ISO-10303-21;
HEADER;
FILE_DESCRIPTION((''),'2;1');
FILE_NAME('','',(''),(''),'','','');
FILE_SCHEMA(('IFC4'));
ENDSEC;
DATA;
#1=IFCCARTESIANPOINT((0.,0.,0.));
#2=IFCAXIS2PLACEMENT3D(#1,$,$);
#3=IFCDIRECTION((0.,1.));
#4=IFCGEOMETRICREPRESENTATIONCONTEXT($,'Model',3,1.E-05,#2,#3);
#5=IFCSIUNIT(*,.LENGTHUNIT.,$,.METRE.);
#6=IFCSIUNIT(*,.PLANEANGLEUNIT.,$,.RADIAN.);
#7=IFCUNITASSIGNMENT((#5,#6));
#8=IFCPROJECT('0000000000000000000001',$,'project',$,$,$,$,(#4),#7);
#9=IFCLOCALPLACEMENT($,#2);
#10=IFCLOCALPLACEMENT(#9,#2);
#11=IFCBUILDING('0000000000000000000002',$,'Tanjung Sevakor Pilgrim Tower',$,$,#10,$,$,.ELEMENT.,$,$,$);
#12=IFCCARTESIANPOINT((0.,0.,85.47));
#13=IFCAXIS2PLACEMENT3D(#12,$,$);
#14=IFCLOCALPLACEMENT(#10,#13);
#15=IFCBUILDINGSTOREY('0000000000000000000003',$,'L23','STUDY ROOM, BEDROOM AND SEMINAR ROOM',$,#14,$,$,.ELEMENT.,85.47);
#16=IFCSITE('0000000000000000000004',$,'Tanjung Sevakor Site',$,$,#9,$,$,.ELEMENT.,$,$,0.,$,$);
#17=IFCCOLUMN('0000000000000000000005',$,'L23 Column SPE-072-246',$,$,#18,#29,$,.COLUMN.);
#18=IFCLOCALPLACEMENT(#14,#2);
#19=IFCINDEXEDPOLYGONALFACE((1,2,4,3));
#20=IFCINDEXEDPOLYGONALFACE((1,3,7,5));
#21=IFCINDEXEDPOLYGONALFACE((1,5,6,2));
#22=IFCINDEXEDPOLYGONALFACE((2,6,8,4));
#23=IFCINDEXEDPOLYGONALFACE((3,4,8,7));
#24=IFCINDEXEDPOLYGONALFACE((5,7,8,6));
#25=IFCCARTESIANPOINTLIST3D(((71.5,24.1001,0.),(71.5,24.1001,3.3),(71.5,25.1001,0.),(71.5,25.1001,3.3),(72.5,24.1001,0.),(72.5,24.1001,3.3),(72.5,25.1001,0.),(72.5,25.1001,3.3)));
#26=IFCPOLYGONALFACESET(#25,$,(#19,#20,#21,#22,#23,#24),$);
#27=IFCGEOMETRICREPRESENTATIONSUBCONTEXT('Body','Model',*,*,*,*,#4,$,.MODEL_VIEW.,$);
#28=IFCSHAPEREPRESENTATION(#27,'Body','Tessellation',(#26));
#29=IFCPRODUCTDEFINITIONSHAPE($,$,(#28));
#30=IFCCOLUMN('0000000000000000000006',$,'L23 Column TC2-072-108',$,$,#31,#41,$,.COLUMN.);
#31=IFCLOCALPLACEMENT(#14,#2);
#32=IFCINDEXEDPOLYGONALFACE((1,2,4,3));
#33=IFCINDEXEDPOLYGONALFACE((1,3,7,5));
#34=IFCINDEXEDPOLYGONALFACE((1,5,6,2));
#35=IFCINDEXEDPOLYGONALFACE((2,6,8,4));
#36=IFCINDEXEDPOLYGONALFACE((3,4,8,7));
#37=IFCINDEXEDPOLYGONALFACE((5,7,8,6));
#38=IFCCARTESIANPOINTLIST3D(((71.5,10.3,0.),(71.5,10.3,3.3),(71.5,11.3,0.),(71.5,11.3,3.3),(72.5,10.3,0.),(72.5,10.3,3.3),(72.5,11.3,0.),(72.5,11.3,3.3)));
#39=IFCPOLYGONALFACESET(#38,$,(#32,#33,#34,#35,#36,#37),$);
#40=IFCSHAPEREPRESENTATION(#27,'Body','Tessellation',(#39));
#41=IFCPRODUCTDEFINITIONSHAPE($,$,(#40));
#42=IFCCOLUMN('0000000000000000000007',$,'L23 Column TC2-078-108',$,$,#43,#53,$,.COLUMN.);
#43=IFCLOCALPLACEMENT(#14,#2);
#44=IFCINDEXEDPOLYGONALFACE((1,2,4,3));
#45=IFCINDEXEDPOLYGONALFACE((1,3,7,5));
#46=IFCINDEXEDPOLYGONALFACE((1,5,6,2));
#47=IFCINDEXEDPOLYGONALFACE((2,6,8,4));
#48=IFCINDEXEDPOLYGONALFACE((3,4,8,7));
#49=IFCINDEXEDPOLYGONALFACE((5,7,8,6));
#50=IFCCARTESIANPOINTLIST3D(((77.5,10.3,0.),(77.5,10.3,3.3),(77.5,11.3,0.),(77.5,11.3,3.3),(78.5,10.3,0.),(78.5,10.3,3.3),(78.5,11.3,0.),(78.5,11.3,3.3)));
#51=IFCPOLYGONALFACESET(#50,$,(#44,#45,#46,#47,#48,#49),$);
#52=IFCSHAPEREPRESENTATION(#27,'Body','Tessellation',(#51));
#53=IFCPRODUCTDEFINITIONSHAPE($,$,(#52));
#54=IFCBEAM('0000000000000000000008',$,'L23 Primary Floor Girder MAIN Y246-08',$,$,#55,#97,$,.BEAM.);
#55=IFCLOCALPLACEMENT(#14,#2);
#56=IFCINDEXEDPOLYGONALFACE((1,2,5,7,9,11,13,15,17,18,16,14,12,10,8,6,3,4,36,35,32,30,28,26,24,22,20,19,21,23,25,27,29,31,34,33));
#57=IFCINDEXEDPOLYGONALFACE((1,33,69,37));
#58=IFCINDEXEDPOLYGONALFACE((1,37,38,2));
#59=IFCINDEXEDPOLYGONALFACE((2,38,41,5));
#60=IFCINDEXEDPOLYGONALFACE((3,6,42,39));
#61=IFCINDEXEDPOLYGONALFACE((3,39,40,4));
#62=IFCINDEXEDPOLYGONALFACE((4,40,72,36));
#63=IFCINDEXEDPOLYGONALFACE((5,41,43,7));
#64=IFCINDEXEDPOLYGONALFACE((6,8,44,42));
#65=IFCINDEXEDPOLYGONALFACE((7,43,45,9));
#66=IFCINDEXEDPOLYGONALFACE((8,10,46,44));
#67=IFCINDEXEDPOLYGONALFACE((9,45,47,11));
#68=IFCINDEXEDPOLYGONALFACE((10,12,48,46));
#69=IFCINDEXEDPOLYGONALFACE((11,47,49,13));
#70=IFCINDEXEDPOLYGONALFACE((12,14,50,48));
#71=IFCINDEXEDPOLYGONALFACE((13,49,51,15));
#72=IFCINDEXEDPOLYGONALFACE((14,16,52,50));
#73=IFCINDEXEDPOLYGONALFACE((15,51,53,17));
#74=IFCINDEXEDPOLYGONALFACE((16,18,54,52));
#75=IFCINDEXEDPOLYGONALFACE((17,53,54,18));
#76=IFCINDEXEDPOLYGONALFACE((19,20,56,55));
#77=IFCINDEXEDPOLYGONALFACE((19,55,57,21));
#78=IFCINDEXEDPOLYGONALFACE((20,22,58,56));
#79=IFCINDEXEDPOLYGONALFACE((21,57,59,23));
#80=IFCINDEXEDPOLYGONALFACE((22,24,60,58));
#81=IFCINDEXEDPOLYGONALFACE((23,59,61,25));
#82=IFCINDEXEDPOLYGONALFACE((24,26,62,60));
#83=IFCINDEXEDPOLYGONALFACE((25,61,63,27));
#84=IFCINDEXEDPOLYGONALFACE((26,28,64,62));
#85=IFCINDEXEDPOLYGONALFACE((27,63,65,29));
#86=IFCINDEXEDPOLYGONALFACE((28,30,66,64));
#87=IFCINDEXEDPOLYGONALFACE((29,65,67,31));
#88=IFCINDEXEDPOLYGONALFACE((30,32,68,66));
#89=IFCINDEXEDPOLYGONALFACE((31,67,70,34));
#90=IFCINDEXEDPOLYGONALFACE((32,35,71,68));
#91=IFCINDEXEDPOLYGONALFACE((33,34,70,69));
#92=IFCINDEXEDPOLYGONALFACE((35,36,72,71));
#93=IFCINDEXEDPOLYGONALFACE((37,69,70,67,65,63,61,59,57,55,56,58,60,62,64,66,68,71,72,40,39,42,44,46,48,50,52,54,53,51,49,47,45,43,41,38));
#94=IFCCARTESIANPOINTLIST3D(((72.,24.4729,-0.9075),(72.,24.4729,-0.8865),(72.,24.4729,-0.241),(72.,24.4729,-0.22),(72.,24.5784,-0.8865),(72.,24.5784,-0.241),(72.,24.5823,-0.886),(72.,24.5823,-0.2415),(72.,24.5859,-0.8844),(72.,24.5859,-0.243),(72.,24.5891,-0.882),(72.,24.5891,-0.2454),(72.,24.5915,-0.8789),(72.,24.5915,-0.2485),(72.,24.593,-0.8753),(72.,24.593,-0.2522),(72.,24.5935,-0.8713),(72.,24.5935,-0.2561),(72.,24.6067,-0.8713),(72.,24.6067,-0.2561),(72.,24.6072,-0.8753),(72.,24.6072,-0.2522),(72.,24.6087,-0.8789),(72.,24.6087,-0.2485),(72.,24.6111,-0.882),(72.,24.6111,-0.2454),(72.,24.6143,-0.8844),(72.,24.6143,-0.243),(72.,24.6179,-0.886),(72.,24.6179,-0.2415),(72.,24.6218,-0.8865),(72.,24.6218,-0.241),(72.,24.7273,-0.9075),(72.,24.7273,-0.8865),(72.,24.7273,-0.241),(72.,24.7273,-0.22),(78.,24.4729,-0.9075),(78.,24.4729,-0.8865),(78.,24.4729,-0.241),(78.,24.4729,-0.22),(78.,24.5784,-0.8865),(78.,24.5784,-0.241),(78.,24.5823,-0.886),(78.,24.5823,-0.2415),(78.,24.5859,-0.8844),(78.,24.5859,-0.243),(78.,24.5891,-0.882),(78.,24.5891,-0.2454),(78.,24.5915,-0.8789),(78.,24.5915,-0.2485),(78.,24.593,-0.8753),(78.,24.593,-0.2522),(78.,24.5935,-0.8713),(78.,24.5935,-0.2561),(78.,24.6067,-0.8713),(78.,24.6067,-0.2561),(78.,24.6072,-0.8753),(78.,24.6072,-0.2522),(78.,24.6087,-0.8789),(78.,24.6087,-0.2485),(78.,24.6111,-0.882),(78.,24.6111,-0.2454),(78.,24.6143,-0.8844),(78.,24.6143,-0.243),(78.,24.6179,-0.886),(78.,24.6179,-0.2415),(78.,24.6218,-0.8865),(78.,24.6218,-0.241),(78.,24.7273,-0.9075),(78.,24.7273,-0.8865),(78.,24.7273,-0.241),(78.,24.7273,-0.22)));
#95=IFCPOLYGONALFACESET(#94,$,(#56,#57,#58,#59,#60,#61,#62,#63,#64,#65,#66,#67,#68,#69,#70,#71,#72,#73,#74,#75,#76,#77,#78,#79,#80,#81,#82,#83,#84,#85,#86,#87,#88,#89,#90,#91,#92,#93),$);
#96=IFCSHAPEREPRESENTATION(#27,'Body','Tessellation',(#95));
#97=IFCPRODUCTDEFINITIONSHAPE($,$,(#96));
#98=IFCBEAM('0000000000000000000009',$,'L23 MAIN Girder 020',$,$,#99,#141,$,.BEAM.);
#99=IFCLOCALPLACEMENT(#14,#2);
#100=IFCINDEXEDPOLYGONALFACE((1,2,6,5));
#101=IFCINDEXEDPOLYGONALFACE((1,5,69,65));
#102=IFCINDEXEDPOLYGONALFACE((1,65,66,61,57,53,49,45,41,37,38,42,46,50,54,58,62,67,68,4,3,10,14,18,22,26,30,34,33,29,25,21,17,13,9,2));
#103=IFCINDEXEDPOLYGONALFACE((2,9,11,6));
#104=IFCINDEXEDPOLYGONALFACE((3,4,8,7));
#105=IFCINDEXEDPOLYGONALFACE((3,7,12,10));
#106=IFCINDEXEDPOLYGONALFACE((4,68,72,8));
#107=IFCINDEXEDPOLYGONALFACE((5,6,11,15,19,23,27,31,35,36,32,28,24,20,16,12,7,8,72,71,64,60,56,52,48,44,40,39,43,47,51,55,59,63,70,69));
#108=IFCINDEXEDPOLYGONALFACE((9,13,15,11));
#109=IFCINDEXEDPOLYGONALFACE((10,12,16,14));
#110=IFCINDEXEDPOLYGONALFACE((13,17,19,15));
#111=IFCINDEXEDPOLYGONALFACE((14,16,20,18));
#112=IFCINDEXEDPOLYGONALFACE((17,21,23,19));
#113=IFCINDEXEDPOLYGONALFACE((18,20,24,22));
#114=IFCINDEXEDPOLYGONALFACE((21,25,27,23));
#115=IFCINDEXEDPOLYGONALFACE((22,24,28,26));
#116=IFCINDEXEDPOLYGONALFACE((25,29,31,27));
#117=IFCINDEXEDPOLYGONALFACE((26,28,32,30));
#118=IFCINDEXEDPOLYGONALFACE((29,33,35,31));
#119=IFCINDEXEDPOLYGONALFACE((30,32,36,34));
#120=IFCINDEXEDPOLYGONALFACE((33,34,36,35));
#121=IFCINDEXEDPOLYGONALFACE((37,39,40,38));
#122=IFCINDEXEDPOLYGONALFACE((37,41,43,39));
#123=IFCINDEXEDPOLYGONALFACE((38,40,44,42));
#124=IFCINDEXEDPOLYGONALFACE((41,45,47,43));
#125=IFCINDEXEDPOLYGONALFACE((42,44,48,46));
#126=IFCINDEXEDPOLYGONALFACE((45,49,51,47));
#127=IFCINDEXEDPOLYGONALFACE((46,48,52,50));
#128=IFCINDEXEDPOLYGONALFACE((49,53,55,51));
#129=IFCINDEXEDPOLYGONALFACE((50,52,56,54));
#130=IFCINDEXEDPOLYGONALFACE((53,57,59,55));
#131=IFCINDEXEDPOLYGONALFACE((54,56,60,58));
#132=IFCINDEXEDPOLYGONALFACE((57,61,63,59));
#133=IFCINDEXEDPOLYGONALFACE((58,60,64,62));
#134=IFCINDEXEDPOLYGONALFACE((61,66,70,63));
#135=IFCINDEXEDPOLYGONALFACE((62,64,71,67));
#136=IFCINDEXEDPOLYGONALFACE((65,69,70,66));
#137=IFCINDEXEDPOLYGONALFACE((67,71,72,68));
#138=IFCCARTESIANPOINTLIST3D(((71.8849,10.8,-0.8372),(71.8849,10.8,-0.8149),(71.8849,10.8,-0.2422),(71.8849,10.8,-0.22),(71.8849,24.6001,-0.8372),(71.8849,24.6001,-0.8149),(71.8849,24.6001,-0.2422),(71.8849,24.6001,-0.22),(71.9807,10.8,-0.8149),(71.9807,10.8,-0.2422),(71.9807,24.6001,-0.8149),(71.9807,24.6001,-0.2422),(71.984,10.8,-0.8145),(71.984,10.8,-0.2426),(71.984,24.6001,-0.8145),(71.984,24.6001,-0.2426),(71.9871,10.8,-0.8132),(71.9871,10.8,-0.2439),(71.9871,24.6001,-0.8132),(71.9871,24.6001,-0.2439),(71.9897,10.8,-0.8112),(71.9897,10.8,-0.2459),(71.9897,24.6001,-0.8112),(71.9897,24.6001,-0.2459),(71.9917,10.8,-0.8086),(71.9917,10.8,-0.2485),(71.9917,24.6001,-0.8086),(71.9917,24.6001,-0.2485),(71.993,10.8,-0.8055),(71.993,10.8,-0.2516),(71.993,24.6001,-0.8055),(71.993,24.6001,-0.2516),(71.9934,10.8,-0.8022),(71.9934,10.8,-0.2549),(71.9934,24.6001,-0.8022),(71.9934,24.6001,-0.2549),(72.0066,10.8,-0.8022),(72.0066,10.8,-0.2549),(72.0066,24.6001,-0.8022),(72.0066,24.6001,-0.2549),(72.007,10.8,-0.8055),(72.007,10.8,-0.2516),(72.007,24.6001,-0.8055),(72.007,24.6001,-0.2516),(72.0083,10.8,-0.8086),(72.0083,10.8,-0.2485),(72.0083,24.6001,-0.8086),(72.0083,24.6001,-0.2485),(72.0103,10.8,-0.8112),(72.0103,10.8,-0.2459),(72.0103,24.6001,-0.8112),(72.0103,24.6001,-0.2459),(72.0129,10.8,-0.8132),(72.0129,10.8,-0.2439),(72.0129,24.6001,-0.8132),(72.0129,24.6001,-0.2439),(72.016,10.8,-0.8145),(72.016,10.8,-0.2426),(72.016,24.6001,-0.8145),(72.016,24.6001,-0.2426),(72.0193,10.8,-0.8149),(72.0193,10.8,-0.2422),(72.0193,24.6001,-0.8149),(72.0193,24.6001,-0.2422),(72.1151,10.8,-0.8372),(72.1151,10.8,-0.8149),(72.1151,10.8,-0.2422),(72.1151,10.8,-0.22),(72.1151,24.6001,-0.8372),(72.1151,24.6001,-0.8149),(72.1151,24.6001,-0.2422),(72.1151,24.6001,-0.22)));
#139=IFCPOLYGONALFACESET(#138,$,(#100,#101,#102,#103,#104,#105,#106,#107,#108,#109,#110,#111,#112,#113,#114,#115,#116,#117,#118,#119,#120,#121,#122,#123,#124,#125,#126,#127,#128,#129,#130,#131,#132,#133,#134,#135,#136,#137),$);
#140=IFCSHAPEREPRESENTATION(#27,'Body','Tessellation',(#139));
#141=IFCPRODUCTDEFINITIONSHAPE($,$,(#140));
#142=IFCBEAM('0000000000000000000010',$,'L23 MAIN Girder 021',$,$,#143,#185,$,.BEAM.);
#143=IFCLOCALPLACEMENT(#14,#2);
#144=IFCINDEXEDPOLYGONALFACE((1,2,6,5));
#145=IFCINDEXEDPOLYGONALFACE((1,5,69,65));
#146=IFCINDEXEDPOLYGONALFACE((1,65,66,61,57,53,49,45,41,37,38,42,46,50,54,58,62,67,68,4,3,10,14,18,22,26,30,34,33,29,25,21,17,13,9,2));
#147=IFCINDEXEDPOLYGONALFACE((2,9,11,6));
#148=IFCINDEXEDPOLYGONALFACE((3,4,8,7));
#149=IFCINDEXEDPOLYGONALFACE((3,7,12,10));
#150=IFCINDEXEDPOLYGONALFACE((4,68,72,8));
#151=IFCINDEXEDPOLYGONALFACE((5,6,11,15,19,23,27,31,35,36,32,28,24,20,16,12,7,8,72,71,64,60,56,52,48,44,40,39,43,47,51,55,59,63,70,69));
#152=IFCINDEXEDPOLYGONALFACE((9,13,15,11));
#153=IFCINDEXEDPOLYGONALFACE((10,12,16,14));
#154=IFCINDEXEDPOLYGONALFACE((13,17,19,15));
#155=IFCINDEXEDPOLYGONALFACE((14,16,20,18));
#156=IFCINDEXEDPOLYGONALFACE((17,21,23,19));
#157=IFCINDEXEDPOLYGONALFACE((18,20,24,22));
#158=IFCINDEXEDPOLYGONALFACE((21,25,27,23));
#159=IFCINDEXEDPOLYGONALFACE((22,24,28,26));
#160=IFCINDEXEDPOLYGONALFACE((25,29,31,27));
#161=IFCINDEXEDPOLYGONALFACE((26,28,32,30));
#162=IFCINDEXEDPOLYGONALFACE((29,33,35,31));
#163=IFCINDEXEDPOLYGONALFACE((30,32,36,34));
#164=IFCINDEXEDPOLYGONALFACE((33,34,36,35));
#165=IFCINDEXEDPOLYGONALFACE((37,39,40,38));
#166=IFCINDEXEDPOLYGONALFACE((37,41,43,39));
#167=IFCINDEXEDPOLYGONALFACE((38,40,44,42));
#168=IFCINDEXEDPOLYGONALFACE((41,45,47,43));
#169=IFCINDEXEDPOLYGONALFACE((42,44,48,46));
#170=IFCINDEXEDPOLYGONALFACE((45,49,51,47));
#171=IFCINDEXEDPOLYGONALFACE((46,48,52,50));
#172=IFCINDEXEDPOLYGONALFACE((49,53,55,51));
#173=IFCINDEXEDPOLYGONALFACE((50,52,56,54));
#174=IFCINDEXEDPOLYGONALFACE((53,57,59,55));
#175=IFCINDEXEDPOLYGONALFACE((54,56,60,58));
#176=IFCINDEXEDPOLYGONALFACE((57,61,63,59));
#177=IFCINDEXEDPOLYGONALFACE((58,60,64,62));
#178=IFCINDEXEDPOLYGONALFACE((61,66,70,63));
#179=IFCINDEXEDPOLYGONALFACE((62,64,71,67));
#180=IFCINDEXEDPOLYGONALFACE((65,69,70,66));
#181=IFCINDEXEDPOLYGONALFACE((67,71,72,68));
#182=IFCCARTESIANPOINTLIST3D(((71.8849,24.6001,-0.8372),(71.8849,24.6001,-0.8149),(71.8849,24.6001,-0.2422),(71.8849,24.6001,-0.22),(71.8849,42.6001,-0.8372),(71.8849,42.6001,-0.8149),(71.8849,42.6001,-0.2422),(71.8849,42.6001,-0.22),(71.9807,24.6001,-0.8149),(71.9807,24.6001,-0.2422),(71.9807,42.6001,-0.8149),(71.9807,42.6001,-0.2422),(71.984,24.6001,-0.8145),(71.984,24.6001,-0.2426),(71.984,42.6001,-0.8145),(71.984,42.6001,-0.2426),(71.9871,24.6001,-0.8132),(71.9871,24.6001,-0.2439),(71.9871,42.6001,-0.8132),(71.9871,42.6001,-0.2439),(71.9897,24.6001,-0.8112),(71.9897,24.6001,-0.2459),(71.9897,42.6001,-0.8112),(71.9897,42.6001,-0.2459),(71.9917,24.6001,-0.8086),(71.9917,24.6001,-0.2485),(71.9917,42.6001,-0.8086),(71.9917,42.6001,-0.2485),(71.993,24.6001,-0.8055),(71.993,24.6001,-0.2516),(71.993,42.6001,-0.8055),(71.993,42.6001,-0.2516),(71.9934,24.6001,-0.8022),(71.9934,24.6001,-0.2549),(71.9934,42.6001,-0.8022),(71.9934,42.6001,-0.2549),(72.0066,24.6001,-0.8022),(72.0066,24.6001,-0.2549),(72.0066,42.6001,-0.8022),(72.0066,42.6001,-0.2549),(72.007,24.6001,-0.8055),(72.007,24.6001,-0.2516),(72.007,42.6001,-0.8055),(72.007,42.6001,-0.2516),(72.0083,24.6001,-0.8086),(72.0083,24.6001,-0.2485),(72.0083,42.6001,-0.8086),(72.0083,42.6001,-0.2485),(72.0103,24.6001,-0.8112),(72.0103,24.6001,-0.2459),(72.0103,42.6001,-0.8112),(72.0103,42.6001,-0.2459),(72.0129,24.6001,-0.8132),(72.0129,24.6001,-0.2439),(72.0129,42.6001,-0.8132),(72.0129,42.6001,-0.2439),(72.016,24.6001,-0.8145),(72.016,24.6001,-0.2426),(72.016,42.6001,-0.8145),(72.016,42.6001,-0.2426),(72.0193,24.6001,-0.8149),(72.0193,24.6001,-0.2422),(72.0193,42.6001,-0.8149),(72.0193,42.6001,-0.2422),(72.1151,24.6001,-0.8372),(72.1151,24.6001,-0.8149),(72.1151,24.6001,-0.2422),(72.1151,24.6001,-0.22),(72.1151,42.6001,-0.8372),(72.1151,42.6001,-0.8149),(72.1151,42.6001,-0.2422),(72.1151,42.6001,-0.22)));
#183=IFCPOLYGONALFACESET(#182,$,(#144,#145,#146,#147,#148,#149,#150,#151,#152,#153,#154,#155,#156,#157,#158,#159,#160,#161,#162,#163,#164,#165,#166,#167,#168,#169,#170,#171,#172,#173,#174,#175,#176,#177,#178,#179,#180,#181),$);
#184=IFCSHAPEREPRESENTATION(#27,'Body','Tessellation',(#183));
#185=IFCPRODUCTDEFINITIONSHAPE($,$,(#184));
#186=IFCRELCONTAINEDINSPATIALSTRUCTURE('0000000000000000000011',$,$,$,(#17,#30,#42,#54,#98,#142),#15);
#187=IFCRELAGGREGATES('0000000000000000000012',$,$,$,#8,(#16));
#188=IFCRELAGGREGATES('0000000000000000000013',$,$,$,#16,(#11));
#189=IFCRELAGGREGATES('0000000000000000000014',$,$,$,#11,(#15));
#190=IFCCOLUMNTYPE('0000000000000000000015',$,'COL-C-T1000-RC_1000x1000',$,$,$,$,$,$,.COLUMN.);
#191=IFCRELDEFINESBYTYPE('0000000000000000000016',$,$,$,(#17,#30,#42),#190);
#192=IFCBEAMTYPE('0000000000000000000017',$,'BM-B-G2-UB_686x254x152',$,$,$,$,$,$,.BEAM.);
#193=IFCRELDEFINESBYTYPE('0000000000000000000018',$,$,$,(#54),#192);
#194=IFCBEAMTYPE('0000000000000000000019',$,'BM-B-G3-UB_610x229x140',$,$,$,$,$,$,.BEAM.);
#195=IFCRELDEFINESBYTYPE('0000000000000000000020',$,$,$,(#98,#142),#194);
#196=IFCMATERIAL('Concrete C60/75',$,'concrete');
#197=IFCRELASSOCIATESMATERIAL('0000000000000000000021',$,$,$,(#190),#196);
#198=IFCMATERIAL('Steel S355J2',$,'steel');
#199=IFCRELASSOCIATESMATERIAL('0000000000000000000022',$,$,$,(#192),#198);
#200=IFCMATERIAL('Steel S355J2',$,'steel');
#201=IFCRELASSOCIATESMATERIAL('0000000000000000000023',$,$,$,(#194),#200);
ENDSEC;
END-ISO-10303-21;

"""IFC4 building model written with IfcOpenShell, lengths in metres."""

from ifc_helpers import new_model, si_unit, direction, frame, origin, origin_2d, place, context, subcontext, project, spatial, rectangle, i_section, extrude, material, material_profile, profile_set, type_object, element, save


model = new_model("IFC4")

# Units and contexts
model_context = context("Model", 3, precision=1e-05, world=origin(), true_north=direction((0.0, 1.0)))
body_context = subcontext(model_context, "Body", "Model", "MODEL_VIEW")
ifc_project = project(units=[si_unit("LENGTHUNIT", "METRE"), si_unit("PLANEANGLEUNIT", "RADIAN")], contexts=[model_context])

# Site, building, storey
site_placement = place(None, origin())
site = spatial("IfcSite", under=ifc_project, at=site_placement, Name="Tanjung Sevakor Site", CompositionType="ELEMENT", RefElevation=0.0)
building_placement = place(site_placement, origin())
building = spatial("IfcBuilding", under=site, at=building_placement, Name="Tanjung Sevakor Pilgrim Tower", CompositionType="ELEMENT")
storey_placement = place(building_placement, frame((0.0, 0.0, 85.47)))
storey = spatial("IfcBuildingStorey", under=building, at=storey_placement, Name="L23", Description="STUDY ROOM, BEDROOM AND SEMINAR ROOM", CompositionType="ELEMENT", Elevation=85.47)

# Columns
ifc_material_1 = material(Name="Concrete C60/75", Category="concrete")
ifc_material_profile_1 = material_profile(ifc_material_1, rectangle(XDim=1.0, YDim=1.0, at=origin_2d()))
ifc_profile_set_1 = profile_set([ifc_material_profile_1], Name="Concrete C60/75")
column_type = type_object("IfcColumnType", Name="COL-C-T1000-RC_1000x1000", PredefinedType="COLUMN", material=ifc_profile_set_1)
for number, where, z_axis, x_axis, name in (
    (1, (72.0, 24.6001, 0.0), (0.0, 0.0, 1.0), (1.0, 0.0, 0.0), "L23 Column SPE-072-246"),
    (2, (72.0, 10.8, 0.0), (0.0, 0.0, 1.0), (1.0, 0.0, 0.0), "L23 Column TC2-072-108"),
    (3, (78.0, 10.8, 0.0), (0.0, 0.0, 1.0), (1.0, 0.0, 0.0), "L23 Column TC2-078-108"),
):
    element("IfcColumn", number, at=place(storey_placement, frame(where, z_axis=z_axis, x_axis=x_axis)), inside=storey, type_object=column_type, Name=name, PredefinedType="COLUMN", context=body_context, shape_type="SweptSolid", body=[
        extrude(rectangle(XDim=1.0, YDim=1.0, at=origin_2d()), origin(), (0.0, 0.0, 1.0), 3.3),
    ])

# Beams
ifc_material_2 = material(Name="Steel S355J2", Category="steel")
ifc_material_profile_2 = material_profile(ifc_material_2, i_section(OverallWidth=0.2544, OverallDepth=0.6875, WebThickness=0.0132, FlangeThickness=0.021, FilletRadius=0.0151, at=origin_2d()))
ifc_profile_set_2 = profile_set([ifc_material_profile_2], Name="Steel S355J2")
beam_type_1 = type_object("IfcBeamType", Name="BM-B-G2-UB_686x254x152", PredefinedType="BEAM", material=ifc_profile_set_2)
beam_1_placement = place(storey_placement, frame((72.0, 24.6001, -0.5637), z_axis=(1.0, 0.0, 0.0), x_axis=(0.0, 1.0, 0.0)))
element("IfcBeam", 4, at=beam_1_placement, inside=storey, type_object=beam_type_1, Name="L23 Primary Floor Girder MAIN Y246-08", PredefinedType="BEAM", context=body_context, shape_type="SweptSolid", body=[
    extrude(i_section(OverallWidth=0.2544, OverallDepth=0.6875, WebThickness=0.0132, FlangeThickness=0.021, FilletRadius=0.0151, at=origin_2d()), origin(), (0.0, 0.0, 1.0), 6.0),
])
ifc_material_3 = material(Name="Steel S355J2", Category="steel")
ifc_material_profile_3 = material_profile(ifc_material_3, i_section(OverallWidth=0.2302, OverallDepth=0.6172, WebThickness=0.0132, FlangeThickness=0.0222, FilletRadius=0.0127, at=origin_2d()))
ifc_profile_set_3 = profile_set([ifc_material_profile_3], Name="Steel S355J2")
beam_type_2 = type_object("IfcBeamType", Name="BM-B-G3-UB_610x229x140", PredefinedType="BEAM", material=ifc_profile_set_3)
beam_2_placement = place(storey_placement, frame((72.0, 10.8, -0.5286), z_axis=(0.0, 1.0, 0.0), x_axis=(-1.0, 0.0, 0.0)))
element("IfcBeam", 5, at=beam_2_placement, inside=storey, type_object=beam_type_2, Name="L23 MAIN Girder 020", PredefinedType="BEAM", context=body_context, shape_type="SweptSolid", body=[
    extrude(i_section(OverallWidth=0.2302, OverallDepth=0.6172, WebThickness=0.0132, FlangeThickness=0.0222, FilletRadius=0.0127, at=origin_2d()), origin(), (0.0, 0.0, 1.0), 13.8),
])
beam_3_placement = place(storey_placement, frame((72.0, 24.6001, -0.5286), z_axis=(0.0, 1.0, 0.0), x_axis=(-1.0, 0.0, 0.0)))
element("IfcBeam", 6, at=beam_3_placement, inside=storey, type_object=beam_type_2, Name="L23 MAIN Girder 021", PredefinedType="BEAM", context=body_context, shape_type="SweptSolid", body=[
    extrude(i_section(OverallWidth=0.2302, OverallDepth=0.6172, WebThickness=0.0132, FlangeThickness=0.0222, FilletRadius=0.0127, at=origin_2d()), origin(), (0.0, 0.0, 1.0), 18.0),
])

save(model, "model.ifc")
